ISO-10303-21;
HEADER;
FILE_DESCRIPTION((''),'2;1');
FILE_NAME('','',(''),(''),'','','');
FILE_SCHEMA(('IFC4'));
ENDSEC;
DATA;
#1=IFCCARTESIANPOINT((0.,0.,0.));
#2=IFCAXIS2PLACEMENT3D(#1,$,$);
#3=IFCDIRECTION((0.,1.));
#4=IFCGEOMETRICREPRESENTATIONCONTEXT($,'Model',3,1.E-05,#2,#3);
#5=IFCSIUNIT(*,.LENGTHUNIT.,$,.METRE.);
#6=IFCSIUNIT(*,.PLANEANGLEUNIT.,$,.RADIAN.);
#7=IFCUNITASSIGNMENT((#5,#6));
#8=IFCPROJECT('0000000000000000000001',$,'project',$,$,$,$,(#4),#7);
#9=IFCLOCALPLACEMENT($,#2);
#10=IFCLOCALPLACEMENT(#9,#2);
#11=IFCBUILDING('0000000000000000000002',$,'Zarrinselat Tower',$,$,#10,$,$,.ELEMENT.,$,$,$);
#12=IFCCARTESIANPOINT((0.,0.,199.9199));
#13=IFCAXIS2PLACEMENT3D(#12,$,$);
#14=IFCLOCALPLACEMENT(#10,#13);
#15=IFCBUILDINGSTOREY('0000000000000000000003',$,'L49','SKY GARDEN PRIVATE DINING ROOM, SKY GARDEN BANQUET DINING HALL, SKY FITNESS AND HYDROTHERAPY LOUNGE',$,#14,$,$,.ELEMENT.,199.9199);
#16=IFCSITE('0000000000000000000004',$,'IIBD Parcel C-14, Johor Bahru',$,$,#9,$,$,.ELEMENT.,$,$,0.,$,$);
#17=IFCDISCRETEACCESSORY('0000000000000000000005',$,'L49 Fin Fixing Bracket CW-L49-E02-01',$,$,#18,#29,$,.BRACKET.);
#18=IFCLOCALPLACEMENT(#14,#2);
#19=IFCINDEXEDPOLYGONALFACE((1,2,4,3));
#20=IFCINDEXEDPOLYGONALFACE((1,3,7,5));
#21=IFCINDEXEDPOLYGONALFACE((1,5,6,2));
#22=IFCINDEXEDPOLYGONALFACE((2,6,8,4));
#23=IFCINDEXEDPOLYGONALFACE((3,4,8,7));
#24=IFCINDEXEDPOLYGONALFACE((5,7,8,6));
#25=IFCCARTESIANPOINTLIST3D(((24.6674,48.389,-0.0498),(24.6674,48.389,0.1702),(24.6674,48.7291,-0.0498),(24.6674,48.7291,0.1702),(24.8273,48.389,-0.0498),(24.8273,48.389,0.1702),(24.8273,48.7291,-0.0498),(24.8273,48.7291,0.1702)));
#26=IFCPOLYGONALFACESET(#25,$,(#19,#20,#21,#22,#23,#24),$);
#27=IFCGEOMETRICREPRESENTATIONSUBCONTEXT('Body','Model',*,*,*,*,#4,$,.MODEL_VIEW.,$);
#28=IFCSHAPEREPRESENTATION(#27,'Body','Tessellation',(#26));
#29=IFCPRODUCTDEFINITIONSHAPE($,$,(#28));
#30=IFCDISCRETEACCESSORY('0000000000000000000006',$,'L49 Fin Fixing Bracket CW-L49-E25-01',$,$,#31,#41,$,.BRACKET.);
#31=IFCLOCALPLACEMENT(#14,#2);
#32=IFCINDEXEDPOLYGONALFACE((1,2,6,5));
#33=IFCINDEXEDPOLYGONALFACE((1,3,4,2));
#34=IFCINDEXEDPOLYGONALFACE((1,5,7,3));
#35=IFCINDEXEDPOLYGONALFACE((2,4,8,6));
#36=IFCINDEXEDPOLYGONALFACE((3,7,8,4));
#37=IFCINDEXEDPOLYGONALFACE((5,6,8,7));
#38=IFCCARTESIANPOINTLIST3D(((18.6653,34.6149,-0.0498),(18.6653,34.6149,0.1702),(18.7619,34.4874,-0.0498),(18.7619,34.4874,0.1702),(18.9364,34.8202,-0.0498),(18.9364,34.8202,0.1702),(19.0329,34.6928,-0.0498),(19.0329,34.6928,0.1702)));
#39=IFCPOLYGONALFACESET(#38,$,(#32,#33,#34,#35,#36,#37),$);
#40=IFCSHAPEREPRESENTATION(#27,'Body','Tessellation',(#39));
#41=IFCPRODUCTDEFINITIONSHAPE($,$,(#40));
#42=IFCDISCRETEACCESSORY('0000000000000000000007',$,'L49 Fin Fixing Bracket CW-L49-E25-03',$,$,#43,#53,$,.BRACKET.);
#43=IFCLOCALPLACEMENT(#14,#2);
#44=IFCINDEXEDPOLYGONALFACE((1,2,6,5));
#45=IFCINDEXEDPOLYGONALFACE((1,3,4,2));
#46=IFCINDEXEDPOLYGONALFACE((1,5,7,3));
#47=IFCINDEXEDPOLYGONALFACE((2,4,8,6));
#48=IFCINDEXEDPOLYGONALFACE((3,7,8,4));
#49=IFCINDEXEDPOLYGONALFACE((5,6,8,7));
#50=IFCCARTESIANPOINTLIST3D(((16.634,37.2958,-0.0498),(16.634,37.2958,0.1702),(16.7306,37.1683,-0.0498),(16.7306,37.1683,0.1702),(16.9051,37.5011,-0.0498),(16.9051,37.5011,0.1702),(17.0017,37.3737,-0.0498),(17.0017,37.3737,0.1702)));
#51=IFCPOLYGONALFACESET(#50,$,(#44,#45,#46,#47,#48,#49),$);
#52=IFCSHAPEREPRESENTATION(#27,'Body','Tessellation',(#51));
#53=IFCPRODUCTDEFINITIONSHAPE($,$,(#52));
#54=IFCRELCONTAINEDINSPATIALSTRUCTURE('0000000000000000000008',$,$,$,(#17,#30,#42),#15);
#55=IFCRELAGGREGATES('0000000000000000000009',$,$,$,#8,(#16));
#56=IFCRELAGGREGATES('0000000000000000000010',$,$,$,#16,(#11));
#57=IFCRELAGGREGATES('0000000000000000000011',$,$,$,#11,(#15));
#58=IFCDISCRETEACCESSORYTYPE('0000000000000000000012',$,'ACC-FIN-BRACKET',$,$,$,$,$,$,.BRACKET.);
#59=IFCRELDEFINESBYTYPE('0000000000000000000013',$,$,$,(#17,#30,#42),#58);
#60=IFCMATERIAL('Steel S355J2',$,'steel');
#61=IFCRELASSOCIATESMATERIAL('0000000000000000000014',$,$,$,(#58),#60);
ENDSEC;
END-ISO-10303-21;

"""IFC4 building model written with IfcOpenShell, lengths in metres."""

from ifc_helpers import new_model, si_unit, direction, frame, origin, origin_2d, place, context, subcontext, project, spatial, rectangle, extrude, material, type_object, element, save


model = new_model("IFC4")

# Units and contexts
model_context = context("Model", 3, precision=1e-05, world=origin(), true_north=direction((0.0, 1.0)))
body_context = subcontext(model_context, "Body", "Model", "MODEL_VIEW")
ifc_project = project(units=[si_unit("LENGTHUNIT", "METRE"), si_unit("PLANEANGLEUNIT", "RADIAN")], contexts=[model_context])

# Site, building, storey
site_placement = place(None, origin())
site = spatial("IfcSite", under=ifc_project, at=site_placement, Name="IIBD Parcel C-14, Johor Bahru", CompositionType="ELEMENT", RefElevation=0.0)
building_placement = place(site_placement, origin())
building = spatial("IfcBuilding", under=site, at=building_placement, Name="Zarrinselat Tower", CompositionType="ELEMENT")
storey_placement = place(building_placement, frame((0.0, 0.0, 199.9199)))
storey = spatial("IfcBuildingStorey", under=building, at=storey_placement, Name="L49", Description="SKY GARDEN PRIVATE DINING ROOM, SKY GARDEN BANQUET DINING HALL, SKY FITNESS AND HYDROTHERAPY LOUNGE", CompositionType="ELEMENT", Elevation=199.9199)

# Discrete accessories
ifc_material_1 = material(Name="Steel S355J2", Category="steel")
discrete_accessory_type = type_object("IfcDiscreteAccessoryType", Name="ACC-FIN-BRACKET", PredefinedType="BRACKET", material=ifc_material_1)
for number, where, z_axis, x_axis, name in (
    (1, (24.7473, 48.5591, -0.0498), (0.0, 0.0, 1.0), (0.0, 1.0, 0.0), "L49 Fin Fixing Bracket CW-L49-E02-01"),
    (2, (18.8491, 34.6538, -0.0498), (0.0, 0.0, 1.0), (-0.797092, -0.603858, 0.0), "L49 Fin Fixing Bracket CW-L49-E25-01"),
    (3, (16.8179, 37.3347, -0.0498), (0.0, 0.0, 1.0), (-0.797092, -0.603858, 0.0), "L49 Fin Fixing Bracket CW-L49-E25-03"),
):
    element("IfcDiscreteAccessory", number, at=place(storey_placement, frame(where, z_axis=z_axis, x_axis=x_axis)), inside=storey, type_object=discrete_accessory_type, Name=name, PredefinedType="BRACKET", context=body_context, shape_type="SweptSolid", body=[
        extrude(rectangle(XDim=0.3401, YDim=0.1599, at=origin_2d()), origin(), (0.0, 0.0, 1.0), 0.22),
    ])

save(model, "model.ifc")
